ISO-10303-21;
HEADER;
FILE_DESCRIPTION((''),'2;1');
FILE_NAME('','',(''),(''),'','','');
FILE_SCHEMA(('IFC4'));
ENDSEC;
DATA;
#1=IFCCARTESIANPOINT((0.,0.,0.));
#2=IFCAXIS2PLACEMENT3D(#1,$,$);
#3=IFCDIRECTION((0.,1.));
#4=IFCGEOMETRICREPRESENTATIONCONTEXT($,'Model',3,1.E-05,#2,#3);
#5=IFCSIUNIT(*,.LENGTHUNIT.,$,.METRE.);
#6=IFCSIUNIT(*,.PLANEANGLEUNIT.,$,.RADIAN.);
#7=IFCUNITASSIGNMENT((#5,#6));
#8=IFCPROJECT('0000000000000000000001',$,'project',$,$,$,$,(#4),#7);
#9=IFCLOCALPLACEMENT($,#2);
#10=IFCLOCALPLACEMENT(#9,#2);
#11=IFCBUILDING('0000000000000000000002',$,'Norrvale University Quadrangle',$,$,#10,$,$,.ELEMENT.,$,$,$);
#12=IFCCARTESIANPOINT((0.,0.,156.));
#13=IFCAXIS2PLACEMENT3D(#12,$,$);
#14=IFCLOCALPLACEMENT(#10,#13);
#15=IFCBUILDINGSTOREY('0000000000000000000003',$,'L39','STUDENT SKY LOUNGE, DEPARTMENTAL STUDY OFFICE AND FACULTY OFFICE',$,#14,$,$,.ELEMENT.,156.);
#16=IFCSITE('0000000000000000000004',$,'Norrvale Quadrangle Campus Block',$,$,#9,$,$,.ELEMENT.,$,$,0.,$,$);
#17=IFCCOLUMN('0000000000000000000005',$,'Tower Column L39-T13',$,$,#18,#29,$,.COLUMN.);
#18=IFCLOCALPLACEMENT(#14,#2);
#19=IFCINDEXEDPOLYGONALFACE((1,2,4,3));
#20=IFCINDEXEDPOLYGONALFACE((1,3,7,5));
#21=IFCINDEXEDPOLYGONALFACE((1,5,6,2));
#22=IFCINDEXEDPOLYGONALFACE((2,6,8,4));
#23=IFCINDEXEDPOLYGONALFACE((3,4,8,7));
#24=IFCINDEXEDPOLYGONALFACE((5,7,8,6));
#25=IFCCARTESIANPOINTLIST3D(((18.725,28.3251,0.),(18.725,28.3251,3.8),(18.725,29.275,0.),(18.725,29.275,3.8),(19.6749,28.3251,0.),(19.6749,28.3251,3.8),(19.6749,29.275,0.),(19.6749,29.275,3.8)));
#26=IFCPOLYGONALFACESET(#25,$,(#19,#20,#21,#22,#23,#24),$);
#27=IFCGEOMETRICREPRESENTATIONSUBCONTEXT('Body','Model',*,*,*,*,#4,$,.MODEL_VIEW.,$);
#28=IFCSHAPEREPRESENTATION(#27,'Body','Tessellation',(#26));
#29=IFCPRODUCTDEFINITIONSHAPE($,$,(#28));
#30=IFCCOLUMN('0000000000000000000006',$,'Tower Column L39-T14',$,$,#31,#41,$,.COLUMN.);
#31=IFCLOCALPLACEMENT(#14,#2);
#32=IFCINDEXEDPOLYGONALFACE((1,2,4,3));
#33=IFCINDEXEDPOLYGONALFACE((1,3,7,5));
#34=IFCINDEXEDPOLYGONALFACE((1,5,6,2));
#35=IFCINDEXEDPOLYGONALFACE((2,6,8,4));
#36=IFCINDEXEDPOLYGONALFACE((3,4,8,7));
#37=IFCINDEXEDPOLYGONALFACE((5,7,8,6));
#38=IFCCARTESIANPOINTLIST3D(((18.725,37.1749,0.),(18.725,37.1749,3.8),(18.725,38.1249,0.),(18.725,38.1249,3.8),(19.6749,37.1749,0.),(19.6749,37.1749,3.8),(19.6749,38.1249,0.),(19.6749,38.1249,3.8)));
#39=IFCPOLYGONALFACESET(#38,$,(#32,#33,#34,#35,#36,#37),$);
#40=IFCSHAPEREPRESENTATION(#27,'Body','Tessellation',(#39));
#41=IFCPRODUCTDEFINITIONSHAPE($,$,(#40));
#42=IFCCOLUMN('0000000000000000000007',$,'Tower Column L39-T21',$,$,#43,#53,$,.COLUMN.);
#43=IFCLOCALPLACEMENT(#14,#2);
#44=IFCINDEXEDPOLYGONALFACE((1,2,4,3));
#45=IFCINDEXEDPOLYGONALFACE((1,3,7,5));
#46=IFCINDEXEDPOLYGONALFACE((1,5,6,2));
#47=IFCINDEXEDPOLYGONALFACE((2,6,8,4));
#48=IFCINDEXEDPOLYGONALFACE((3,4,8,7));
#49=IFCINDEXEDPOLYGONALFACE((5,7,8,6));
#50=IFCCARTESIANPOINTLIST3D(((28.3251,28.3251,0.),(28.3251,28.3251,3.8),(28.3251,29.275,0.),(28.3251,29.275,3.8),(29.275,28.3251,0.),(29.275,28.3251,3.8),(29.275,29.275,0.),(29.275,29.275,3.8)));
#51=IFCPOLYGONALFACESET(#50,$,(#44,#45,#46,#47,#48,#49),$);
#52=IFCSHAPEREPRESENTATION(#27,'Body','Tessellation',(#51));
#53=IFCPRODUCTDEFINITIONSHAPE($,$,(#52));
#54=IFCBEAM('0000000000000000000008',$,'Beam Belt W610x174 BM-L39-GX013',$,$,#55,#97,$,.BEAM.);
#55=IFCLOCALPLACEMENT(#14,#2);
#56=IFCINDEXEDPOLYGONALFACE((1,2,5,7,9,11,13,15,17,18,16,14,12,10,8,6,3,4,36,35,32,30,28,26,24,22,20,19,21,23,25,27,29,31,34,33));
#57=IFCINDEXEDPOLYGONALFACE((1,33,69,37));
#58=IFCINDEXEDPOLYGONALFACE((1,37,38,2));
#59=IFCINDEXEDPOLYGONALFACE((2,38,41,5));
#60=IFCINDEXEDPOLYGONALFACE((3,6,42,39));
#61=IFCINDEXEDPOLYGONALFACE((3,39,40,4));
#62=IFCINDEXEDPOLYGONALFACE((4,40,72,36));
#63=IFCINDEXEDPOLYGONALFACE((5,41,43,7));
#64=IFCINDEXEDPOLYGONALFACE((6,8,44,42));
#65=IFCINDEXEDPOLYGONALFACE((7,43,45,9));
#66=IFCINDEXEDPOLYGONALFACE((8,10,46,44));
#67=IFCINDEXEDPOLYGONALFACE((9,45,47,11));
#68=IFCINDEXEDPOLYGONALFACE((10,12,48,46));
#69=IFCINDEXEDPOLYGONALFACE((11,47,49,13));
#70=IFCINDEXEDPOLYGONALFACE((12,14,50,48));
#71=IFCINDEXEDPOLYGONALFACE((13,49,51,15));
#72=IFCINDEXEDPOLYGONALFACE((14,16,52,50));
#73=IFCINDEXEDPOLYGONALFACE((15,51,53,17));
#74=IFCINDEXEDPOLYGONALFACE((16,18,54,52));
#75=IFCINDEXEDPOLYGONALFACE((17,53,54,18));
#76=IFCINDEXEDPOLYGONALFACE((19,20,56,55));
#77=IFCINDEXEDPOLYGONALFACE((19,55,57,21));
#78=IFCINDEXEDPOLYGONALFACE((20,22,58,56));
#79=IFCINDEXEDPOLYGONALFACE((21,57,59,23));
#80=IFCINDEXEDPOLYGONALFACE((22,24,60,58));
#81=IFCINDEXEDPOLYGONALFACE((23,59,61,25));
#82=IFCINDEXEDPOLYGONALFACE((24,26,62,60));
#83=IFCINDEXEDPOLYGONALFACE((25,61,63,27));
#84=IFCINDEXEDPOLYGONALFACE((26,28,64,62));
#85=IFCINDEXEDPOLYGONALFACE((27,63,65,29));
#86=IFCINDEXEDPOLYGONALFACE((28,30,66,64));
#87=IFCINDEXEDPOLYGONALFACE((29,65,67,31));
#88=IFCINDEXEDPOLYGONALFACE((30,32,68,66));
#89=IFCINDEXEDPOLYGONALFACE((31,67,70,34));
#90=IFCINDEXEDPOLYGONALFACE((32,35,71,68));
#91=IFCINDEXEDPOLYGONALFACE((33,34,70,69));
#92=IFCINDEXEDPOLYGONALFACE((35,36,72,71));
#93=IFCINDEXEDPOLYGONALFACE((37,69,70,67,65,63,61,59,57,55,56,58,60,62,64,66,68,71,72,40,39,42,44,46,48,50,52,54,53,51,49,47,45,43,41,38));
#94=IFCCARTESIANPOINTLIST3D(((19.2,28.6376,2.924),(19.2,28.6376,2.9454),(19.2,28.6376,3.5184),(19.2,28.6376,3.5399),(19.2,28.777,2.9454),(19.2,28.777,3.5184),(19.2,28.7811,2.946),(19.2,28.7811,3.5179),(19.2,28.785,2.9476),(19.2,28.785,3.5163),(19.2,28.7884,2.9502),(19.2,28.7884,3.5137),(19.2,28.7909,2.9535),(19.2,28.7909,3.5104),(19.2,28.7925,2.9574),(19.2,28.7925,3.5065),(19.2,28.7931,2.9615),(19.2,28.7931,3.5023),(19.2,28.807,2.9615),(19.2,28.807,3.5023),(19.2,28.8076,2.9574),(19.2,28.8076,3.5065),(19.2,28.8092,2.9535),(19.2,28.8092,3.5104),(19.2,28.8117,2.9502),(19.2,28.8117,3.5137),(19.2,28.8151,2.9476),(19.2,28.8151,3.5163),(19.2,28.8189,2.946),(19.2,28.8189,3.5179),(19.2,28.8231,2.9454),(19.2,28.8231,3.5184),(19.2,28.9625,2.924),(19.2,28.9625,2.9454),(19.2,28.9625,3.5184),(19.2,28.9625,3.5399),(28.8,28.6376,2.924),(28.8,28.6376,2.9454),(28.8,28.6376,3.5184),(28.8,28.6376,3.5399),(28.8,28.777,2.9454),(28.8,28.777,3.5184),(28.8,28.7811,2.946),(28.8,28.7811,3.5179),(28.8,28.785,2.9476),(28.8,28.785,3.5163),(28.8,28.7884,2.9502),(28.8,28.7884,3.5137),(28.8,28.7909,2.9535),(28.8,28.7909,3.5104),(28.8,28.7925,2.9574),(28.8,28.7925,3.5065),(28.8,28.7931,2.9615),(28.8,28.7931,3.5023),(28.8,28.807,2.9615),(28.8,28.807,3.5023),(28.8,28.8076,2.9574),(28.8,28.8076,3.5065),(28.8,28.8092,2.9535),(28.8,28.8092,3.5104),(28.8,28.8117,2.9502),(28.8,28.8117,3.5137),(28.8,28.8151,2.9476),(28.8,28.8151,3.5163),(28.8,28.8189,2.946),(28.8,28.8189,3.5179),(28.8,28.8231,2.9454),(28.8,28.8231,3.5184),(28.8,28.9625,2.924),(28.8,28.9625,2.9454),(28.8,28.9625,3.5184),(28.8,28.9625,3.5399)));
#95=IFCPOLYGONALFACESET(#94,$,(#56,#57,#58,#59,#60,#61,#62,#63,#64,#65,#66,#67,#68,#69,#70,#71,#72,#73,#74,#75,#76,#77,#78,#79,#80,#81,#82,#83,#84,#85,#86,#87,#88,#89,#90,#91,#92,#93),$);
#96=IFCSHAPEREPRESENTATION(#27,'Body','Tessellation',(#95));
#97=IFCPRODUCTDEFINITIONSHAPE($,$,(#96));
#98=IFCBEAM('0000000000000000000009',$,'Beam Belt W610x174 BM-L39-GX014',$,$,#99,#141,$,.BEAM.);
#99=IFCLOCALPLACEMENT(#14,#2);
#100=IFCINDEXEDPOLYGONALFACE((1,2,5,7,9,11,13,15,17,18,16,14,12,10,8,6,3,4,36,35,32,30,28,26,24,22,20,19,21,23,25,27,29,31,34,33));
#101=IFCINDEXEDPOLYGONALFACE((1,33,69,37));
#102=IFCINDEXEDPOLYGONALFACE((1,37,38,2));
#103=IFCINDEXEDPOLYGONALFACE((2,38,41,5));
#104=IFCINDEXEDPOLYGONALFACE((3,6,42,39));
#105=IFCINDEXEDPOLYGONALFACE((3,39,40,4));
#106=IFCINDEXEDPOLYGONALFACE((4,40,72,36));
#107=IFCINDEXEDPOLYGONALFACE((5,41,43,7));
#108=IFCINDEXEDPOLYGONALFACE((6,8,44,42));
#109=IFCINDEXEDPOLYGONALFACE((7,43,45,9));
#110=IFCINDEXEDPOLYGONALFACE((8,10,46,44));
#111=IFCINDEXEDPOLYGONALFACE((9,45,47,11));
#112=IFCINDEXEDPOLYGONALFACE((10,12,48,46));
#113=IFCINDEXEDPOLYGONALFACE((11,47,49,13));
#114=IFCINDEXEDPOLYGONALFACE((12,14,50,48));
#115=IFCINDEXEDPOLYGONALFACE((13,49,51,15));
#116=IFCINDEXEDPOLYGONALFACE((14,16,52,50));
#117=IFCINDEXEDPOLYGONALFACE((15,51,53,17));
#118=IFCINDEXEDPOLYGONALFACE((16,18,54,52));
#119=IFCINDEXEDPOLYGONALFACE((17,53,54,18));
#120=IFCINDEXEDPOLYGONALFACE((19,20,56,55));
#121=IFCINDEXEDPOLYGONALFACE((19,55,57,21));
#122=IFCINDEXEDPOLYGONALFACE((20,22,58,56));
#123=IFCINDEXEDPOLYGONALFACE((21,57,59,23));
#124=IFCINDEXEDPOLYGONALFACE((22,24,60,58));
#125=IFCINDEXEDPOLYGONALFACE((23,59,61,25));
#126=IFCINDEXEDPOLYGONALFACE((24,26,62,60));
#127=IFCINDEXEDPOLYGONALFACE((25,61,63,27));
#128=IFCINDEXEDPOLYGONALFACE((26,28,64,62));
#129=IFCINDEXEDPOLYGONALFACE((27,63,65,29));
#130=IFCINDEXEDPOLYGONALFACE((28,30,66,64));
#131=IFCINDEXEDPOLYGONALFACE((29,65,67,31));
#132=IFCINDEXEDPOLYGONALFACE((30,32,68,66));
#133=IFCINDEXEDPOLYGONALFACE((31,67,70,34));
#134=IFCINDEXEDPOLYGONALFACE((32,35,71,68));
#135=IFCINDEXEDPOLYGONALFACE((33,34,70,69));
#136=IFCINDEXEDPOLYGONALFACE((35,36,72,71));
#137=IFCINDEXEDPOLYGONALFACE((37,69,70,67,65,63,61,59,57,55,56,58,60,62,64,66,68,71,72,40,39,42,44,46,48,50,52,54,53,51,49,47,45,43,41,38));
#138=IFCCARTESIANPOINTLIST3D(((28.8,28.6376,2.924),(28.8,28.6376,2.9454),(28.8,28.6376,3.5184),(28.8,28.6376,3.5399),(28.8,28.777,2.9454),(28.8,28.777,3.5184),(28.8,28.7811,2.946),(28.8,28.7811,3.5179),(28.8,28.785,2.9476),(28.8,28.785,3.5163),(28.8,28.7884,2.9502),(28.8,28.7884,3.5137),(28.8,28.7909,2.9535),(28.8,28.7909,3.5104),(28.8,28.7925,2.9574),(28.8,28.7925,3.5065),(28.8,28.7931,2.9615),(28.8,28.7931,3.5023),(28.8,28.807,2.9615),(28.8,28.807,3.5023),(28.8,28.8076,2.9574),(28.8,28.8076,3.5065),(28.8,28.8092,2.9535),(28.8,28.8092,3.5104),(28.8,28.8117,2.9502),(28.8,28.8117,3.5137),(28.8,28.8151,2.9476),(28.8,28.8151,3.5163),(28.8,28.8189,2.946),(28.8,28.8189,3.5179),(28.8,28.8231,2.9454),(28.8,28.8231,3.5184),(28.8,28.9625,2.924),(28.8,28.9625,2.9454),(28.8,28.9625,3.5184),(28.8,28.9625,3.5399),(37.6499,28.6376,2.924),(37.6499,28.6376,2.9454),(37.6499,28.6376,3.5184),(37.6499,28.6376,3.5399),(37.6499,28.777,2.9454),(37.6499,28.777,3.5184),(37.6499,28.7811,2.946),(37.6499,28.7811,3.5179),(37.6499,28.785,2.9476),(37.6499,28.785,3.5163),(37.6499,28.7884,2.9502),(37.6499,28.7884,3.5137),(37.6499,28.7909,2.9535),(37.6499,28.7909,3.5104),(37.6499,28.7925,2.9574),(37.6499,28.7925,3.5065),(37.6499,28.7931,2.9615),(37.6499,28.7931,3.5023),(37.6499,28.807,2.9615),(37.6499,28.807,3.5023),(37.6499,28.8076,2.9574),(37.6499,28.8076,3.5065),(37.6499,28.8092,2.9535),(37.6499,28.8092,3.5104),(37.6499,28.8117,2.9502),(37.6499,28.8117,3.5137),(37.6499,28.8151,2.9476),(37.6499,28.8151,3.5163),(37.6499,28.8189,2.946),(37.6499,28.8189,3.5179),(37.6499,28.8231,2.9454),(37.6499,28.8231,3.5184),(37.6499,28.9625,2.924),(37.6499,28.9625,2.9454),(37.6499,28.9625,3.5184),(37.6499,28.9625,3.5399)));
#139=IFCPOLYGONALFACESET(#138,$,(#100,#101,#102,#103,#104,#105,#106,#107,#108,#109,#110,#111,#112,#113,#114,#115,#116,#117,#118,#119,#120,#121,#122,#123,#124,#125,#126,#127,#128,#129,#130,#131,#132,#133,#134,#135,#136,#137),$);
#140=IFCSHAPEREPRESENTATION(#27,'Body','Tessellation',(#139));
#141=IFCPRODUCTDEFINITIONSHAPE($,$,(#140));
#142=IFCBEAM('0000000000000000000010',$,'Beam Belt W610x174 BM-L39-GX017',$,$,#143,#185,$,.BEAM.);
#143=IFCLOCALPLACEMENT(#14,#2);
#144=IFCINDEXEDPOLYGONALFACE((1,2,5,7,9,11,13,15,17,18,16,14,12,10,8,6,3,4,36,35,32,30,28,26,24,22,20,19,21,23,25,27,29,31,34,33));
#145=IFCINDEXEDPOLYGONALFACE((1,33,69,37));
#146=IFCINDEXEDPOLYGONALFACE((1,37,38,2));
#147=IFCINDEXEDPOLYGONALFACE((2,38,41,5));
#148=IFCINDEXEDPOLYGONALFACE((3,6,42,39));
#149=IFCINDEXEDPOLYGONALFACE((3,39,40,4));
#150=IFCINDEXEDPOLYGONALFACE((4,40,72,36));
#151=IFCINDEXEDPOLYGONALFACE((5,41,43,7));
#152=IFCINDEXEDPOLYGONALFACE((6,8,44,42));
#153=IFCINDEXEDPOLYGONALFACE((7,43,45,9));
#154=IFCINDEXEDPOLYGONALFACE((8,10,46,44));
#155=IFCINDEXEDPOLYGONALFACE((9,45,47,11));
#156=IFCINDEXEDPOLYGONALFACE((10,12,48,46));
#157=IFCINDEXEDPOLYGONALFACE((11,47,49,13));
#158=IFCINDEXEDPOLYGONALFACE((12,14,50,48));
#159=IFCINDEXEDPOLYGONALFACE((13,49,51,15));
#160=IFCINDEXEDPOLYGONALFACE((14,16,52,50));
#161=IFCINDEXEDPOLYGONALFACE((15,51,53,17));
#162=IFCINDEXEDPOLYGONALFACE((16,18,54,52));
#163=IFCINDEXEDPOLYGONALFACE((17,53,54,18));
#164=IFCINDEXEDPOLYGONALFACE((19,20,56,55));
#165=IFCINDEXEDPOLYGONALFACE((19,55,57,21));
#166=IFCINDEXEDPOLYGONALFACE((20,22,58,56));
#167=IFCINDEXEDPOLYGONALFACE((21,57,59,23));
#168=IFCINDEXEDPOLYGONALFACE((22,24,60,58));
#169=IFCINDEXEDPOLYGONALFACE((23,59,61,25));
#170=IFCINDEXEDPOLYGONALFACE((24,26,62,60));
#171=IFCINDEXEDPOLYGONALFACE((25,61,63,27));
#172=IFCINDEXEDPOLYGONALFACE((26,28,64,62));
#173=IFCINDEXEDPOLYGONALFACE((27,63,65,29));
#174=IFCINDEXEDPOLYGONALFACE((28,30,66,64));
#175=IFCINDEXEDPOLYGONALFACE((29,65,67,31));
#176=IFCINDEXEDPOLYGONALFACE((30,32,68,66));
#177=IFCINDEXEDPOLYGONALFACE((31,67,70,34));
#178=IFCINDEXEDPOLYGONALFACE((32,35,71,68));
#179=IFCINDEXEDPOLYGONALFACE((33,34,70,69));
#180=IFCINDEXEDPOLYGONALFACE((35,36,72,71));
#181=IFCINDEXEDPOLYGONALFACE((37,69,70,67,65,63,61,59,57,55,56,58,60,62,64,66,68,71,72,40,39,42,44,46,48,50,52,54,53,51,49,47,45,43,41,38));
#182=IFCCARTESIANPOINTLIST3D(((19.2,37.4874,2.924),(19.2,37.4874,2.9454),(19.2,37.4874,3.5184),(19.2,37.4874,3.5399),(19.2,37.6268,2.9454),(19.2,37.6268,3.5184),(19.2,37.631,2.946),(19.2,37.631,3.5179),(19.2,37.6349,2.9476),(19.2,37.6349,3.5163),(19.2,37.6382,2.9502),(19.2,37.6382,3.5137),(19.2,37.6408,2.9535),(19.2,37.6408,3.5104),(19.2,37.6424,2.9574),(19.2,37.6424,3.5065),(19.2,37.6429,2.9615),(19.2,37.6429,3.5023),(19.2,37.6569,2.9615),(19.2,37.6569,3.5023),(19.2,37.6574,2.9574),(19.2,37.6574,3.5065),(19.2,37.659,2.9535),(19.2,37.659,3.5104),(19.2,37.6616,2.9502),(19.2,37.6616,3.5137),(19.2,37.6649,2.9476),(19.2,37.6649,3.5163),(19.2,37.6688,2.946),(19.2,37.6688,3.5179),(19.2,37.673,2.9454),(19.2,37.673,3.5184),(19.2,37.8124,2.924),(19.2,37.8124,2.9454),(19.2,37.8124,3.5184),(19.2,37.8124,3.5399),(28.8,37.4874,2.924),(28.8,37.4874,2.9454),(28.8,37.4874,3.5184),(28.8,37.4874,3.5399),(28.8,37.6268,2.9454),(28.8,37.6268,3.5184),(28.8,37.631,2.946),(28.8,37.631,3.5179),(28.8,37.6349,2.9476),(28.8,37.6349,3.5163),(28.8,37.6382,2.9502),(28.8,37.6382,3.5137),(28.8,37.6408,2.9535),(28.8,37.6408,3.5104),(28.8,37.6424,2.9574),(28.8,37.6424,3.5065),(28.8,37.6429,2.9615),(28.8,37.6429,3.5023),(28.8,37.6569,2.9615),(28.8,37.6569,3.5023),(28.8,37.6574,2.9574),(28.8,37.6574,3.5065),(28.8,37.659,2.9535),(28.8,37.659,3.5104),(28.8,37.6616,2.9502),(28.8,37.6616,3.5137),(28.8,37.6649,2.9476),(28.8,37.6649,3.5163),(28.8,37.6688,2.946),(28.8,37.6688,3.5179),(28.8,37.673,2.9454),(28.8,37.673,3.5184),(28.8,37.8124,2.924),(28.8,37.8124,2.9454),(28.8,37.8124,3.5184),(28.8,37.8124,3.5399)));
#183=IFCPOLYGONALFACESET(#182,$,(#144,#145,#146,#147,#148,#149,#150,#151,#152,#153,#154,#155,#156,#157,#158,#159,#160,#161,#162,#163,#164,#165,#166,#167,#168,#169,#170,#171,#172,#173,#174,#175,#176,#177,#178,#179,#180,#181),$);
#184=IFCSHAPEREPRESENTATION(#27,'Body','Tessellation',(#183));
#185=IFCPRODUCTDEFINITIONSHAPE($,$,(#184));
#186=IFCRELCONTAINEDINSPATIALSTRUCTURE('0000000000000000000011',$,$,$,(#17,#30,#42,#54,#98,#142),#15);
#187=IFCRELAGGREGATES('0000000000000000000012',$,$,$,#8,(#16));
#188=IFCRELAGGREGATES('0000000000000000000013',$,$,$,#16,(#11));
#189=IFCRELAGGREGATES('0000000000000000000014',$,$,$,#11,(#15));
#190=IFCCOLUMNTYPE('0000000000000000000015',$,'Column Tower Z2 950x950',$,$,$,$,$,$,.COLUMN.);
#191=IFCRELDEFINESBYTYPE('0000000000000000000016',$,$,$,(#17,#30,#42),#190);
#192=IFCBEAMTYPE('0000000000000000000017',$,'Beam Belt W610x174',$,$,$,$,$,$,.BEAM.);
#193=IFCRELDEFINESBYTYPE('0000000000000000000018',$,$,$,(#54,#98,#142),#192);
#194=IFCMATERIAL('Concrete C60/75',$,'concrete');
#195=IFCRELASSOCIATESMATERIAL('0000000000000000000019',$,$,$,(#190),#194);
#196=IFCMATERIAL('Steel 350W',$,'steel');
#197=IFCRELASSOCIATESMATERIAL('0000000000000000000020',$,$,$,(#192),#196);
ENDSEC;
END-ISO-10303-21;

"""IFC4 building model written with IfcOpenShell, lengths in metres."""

from ifc_helpers import new_model, si_unit, direction, frame, origin, origin_2d, place, context, subcontext, project, spatial, rectangle, i_section, extrude, material, material_profile, profile_set, type_object, element, save


model = new_model("IFC4")

# Units and contexts
model_context = context("Model", 3, precision=1e-05, world=origin(), true_north=direction((0.0, 1.0)))
body_context = subcontext(model_context, "Body", "Model", "MODEL_VIEW")
ifc_project = project(units=[si_unit("LENGTHUNIT", "METRE"), si_unit("PLANEANGLEUNIT", "RADIAN")], contexts=[model_context])

# Site, building, storey
site_placement = place(None, origin())
site = spatial("IfcSite", under=ifc_project, at=site_placement, Name="Norrvale Quadrangle Campus Block", CompositionType="ELEMENT", RefElevation=0.0)
building_placement = place(site_placement, origin())
building = spatial("IfcBuilding", under=site, at=building_placement, Name="Norrvale University Quadrangle", CompositionType="ELEMENT")
storey_placement = place(building_placement, frame((0.0, 0.0, 156.0)))
storey = spatial("IfcBuildingStorey", under=building, at=storey_placement, Name="L39", Description="STUDENT SKY LOUNGE, DEPARTMENTAL STUDY OFFICE AND FACULTY OFFICE", CompositionType="ELEMENT", Elevation=156.0)

# Columns
ifc_material_1 = material(Name="Concrete C60/75", Category="concrete")
ifc_material_profile_1 = material_profile(ifc_material_1, rectangle(XDim=0.95, YDim=0.95, at=origin_2d()), Name="Concrete C60/75")
ifc_profile_set_1 = profile_set([ifc_material_profile_1], Name="Concrete C60/75")
column_type = type_object("IfcColumnType", Name="Column Tower Z2 950x950", PredefinedType="COLUMN", material=ifc_profile_set_1)
for number, where, z_axis, x_axis, name in (
    (1, (19.2, 28.8, 0.0), (0.0, 0.0, 1.0), (1.0, 0.0, 0.0), "Tower Column L39-T13"),
    (2, (19.2, 37.6499, 0.0), (0.0, 0.0, 1.0), (1.0, 0.0, 0.0), "Tower Column L39-T14"),
    (3, (28.8, 28.8, 0.0), (0.0, 0.0, 1.0), (1.0, 0.0, 0.0), "Tower Column L39-T21"),
):
    element("IfcColumn", number, at=place(storey_placement, frame(where, z_axis=z_axis, x_axis=x_axis)), inside=storey, type_object=column_type, Name=name, PredefinedType="COLUMN", context=body_context, shape_type="SweptSolid", body=[
        extrude(rectangle(XDim=0.95, YDim=0.95, at=origin_2d()), origin(), (0.0, 0.0, 1.0), 3.8),
    ])

# Beams
ifc_material_2 = material(Name="Steel 350W", Category="steel")
ifc_material_profile_2 = material_profile(ifc_material_2, i_section(OverallWidth=0.325, OverallDepth=0.616, WebThickness=0.0139, FlangeThickness=0.0215, FilletRadius=0.0161, at=origin_2d()), Name="Steel 350W")
ifc_profile_set_2 = profile_set([ifc_material_profile_2], Name="Steel 350W")
beam_type_1 = type_object("IfcBeamType", Name="Beam Belt W610x174", PredefinedType="BEAM", material=ifc_profile_set_2)
beam_1_placement = place(storey_placement, frame((19.2, 28.8, 3.2319), z_axis=(1.0, 0.0, 0.0), x_axis=(0.0, 1.0, 0.0)))
element("IfcBeam", 4, at=beam_1_placement, inside=storey, type_object=beam_type_1, Name="Beam Belt W610x174 BM-L39-GX013", PredefinedType="BEAM", context=body_context, shape_type="SweptSolid", body=[
    extrude(i_section(OverallWidth=0.325, OverallDepth=0.616, WebThickness=0.0139, FlangeThickness=0.0215, FilletRadius=0.0161, at=origin_2d()), origin(), (0.0, 0.0, 1.0), 9.6001),
])
beam_2_placement = place(storey_placement, frame((28.8, 28.8, 3.2319), z_axis=(1.0, 0.0, 0.0), x_axis=(0.0, 1.0, 0.0)))
element("IfcBeam", 5, at=beam_2_placement, inside=storey, type_object=beam_type_1, Name="Beam Belt W610x174 BM-L39-GX014", PredefinedType="BEAM", context=body_context, shape_type="SweptSolid", body=[
    extrude(i_section(OverallWidth=0.325, OverallDepth=0.616, WebThickness=0.0139, FlangeThickness=0.0215, FilletRadius=0.0161, at=origin_2d()), origin(), (0.0, 0.0, 1.0), 8.8499),
])
beam_3_placement = place(storey_placement, frame((19.2, 37.6499, 3.2319), z_axis=(1.0, 0.0, 0.0), x_axis=(0.0, 1.0, 0.0)))
element("IfcBeam", 6, at=beam_3_placement, inside=storey, type_object=beam_type_1, Name="Beam Belt W610x174 BM-L39-GX017", PredefinedType="BEAM", context=body_context, shape_type="SweptSolid", body=[
    extrude(i_section(OverallWidth=0.325, OverallDepth=0.616, WebThickness=0.0139, FlangeThickness=0.0215, FilletRadius=0.0161, at=origin_2d()), origin(), (0.0, 0.0, 1.0), 9.6001),
])

save(model, "model.ifc")
